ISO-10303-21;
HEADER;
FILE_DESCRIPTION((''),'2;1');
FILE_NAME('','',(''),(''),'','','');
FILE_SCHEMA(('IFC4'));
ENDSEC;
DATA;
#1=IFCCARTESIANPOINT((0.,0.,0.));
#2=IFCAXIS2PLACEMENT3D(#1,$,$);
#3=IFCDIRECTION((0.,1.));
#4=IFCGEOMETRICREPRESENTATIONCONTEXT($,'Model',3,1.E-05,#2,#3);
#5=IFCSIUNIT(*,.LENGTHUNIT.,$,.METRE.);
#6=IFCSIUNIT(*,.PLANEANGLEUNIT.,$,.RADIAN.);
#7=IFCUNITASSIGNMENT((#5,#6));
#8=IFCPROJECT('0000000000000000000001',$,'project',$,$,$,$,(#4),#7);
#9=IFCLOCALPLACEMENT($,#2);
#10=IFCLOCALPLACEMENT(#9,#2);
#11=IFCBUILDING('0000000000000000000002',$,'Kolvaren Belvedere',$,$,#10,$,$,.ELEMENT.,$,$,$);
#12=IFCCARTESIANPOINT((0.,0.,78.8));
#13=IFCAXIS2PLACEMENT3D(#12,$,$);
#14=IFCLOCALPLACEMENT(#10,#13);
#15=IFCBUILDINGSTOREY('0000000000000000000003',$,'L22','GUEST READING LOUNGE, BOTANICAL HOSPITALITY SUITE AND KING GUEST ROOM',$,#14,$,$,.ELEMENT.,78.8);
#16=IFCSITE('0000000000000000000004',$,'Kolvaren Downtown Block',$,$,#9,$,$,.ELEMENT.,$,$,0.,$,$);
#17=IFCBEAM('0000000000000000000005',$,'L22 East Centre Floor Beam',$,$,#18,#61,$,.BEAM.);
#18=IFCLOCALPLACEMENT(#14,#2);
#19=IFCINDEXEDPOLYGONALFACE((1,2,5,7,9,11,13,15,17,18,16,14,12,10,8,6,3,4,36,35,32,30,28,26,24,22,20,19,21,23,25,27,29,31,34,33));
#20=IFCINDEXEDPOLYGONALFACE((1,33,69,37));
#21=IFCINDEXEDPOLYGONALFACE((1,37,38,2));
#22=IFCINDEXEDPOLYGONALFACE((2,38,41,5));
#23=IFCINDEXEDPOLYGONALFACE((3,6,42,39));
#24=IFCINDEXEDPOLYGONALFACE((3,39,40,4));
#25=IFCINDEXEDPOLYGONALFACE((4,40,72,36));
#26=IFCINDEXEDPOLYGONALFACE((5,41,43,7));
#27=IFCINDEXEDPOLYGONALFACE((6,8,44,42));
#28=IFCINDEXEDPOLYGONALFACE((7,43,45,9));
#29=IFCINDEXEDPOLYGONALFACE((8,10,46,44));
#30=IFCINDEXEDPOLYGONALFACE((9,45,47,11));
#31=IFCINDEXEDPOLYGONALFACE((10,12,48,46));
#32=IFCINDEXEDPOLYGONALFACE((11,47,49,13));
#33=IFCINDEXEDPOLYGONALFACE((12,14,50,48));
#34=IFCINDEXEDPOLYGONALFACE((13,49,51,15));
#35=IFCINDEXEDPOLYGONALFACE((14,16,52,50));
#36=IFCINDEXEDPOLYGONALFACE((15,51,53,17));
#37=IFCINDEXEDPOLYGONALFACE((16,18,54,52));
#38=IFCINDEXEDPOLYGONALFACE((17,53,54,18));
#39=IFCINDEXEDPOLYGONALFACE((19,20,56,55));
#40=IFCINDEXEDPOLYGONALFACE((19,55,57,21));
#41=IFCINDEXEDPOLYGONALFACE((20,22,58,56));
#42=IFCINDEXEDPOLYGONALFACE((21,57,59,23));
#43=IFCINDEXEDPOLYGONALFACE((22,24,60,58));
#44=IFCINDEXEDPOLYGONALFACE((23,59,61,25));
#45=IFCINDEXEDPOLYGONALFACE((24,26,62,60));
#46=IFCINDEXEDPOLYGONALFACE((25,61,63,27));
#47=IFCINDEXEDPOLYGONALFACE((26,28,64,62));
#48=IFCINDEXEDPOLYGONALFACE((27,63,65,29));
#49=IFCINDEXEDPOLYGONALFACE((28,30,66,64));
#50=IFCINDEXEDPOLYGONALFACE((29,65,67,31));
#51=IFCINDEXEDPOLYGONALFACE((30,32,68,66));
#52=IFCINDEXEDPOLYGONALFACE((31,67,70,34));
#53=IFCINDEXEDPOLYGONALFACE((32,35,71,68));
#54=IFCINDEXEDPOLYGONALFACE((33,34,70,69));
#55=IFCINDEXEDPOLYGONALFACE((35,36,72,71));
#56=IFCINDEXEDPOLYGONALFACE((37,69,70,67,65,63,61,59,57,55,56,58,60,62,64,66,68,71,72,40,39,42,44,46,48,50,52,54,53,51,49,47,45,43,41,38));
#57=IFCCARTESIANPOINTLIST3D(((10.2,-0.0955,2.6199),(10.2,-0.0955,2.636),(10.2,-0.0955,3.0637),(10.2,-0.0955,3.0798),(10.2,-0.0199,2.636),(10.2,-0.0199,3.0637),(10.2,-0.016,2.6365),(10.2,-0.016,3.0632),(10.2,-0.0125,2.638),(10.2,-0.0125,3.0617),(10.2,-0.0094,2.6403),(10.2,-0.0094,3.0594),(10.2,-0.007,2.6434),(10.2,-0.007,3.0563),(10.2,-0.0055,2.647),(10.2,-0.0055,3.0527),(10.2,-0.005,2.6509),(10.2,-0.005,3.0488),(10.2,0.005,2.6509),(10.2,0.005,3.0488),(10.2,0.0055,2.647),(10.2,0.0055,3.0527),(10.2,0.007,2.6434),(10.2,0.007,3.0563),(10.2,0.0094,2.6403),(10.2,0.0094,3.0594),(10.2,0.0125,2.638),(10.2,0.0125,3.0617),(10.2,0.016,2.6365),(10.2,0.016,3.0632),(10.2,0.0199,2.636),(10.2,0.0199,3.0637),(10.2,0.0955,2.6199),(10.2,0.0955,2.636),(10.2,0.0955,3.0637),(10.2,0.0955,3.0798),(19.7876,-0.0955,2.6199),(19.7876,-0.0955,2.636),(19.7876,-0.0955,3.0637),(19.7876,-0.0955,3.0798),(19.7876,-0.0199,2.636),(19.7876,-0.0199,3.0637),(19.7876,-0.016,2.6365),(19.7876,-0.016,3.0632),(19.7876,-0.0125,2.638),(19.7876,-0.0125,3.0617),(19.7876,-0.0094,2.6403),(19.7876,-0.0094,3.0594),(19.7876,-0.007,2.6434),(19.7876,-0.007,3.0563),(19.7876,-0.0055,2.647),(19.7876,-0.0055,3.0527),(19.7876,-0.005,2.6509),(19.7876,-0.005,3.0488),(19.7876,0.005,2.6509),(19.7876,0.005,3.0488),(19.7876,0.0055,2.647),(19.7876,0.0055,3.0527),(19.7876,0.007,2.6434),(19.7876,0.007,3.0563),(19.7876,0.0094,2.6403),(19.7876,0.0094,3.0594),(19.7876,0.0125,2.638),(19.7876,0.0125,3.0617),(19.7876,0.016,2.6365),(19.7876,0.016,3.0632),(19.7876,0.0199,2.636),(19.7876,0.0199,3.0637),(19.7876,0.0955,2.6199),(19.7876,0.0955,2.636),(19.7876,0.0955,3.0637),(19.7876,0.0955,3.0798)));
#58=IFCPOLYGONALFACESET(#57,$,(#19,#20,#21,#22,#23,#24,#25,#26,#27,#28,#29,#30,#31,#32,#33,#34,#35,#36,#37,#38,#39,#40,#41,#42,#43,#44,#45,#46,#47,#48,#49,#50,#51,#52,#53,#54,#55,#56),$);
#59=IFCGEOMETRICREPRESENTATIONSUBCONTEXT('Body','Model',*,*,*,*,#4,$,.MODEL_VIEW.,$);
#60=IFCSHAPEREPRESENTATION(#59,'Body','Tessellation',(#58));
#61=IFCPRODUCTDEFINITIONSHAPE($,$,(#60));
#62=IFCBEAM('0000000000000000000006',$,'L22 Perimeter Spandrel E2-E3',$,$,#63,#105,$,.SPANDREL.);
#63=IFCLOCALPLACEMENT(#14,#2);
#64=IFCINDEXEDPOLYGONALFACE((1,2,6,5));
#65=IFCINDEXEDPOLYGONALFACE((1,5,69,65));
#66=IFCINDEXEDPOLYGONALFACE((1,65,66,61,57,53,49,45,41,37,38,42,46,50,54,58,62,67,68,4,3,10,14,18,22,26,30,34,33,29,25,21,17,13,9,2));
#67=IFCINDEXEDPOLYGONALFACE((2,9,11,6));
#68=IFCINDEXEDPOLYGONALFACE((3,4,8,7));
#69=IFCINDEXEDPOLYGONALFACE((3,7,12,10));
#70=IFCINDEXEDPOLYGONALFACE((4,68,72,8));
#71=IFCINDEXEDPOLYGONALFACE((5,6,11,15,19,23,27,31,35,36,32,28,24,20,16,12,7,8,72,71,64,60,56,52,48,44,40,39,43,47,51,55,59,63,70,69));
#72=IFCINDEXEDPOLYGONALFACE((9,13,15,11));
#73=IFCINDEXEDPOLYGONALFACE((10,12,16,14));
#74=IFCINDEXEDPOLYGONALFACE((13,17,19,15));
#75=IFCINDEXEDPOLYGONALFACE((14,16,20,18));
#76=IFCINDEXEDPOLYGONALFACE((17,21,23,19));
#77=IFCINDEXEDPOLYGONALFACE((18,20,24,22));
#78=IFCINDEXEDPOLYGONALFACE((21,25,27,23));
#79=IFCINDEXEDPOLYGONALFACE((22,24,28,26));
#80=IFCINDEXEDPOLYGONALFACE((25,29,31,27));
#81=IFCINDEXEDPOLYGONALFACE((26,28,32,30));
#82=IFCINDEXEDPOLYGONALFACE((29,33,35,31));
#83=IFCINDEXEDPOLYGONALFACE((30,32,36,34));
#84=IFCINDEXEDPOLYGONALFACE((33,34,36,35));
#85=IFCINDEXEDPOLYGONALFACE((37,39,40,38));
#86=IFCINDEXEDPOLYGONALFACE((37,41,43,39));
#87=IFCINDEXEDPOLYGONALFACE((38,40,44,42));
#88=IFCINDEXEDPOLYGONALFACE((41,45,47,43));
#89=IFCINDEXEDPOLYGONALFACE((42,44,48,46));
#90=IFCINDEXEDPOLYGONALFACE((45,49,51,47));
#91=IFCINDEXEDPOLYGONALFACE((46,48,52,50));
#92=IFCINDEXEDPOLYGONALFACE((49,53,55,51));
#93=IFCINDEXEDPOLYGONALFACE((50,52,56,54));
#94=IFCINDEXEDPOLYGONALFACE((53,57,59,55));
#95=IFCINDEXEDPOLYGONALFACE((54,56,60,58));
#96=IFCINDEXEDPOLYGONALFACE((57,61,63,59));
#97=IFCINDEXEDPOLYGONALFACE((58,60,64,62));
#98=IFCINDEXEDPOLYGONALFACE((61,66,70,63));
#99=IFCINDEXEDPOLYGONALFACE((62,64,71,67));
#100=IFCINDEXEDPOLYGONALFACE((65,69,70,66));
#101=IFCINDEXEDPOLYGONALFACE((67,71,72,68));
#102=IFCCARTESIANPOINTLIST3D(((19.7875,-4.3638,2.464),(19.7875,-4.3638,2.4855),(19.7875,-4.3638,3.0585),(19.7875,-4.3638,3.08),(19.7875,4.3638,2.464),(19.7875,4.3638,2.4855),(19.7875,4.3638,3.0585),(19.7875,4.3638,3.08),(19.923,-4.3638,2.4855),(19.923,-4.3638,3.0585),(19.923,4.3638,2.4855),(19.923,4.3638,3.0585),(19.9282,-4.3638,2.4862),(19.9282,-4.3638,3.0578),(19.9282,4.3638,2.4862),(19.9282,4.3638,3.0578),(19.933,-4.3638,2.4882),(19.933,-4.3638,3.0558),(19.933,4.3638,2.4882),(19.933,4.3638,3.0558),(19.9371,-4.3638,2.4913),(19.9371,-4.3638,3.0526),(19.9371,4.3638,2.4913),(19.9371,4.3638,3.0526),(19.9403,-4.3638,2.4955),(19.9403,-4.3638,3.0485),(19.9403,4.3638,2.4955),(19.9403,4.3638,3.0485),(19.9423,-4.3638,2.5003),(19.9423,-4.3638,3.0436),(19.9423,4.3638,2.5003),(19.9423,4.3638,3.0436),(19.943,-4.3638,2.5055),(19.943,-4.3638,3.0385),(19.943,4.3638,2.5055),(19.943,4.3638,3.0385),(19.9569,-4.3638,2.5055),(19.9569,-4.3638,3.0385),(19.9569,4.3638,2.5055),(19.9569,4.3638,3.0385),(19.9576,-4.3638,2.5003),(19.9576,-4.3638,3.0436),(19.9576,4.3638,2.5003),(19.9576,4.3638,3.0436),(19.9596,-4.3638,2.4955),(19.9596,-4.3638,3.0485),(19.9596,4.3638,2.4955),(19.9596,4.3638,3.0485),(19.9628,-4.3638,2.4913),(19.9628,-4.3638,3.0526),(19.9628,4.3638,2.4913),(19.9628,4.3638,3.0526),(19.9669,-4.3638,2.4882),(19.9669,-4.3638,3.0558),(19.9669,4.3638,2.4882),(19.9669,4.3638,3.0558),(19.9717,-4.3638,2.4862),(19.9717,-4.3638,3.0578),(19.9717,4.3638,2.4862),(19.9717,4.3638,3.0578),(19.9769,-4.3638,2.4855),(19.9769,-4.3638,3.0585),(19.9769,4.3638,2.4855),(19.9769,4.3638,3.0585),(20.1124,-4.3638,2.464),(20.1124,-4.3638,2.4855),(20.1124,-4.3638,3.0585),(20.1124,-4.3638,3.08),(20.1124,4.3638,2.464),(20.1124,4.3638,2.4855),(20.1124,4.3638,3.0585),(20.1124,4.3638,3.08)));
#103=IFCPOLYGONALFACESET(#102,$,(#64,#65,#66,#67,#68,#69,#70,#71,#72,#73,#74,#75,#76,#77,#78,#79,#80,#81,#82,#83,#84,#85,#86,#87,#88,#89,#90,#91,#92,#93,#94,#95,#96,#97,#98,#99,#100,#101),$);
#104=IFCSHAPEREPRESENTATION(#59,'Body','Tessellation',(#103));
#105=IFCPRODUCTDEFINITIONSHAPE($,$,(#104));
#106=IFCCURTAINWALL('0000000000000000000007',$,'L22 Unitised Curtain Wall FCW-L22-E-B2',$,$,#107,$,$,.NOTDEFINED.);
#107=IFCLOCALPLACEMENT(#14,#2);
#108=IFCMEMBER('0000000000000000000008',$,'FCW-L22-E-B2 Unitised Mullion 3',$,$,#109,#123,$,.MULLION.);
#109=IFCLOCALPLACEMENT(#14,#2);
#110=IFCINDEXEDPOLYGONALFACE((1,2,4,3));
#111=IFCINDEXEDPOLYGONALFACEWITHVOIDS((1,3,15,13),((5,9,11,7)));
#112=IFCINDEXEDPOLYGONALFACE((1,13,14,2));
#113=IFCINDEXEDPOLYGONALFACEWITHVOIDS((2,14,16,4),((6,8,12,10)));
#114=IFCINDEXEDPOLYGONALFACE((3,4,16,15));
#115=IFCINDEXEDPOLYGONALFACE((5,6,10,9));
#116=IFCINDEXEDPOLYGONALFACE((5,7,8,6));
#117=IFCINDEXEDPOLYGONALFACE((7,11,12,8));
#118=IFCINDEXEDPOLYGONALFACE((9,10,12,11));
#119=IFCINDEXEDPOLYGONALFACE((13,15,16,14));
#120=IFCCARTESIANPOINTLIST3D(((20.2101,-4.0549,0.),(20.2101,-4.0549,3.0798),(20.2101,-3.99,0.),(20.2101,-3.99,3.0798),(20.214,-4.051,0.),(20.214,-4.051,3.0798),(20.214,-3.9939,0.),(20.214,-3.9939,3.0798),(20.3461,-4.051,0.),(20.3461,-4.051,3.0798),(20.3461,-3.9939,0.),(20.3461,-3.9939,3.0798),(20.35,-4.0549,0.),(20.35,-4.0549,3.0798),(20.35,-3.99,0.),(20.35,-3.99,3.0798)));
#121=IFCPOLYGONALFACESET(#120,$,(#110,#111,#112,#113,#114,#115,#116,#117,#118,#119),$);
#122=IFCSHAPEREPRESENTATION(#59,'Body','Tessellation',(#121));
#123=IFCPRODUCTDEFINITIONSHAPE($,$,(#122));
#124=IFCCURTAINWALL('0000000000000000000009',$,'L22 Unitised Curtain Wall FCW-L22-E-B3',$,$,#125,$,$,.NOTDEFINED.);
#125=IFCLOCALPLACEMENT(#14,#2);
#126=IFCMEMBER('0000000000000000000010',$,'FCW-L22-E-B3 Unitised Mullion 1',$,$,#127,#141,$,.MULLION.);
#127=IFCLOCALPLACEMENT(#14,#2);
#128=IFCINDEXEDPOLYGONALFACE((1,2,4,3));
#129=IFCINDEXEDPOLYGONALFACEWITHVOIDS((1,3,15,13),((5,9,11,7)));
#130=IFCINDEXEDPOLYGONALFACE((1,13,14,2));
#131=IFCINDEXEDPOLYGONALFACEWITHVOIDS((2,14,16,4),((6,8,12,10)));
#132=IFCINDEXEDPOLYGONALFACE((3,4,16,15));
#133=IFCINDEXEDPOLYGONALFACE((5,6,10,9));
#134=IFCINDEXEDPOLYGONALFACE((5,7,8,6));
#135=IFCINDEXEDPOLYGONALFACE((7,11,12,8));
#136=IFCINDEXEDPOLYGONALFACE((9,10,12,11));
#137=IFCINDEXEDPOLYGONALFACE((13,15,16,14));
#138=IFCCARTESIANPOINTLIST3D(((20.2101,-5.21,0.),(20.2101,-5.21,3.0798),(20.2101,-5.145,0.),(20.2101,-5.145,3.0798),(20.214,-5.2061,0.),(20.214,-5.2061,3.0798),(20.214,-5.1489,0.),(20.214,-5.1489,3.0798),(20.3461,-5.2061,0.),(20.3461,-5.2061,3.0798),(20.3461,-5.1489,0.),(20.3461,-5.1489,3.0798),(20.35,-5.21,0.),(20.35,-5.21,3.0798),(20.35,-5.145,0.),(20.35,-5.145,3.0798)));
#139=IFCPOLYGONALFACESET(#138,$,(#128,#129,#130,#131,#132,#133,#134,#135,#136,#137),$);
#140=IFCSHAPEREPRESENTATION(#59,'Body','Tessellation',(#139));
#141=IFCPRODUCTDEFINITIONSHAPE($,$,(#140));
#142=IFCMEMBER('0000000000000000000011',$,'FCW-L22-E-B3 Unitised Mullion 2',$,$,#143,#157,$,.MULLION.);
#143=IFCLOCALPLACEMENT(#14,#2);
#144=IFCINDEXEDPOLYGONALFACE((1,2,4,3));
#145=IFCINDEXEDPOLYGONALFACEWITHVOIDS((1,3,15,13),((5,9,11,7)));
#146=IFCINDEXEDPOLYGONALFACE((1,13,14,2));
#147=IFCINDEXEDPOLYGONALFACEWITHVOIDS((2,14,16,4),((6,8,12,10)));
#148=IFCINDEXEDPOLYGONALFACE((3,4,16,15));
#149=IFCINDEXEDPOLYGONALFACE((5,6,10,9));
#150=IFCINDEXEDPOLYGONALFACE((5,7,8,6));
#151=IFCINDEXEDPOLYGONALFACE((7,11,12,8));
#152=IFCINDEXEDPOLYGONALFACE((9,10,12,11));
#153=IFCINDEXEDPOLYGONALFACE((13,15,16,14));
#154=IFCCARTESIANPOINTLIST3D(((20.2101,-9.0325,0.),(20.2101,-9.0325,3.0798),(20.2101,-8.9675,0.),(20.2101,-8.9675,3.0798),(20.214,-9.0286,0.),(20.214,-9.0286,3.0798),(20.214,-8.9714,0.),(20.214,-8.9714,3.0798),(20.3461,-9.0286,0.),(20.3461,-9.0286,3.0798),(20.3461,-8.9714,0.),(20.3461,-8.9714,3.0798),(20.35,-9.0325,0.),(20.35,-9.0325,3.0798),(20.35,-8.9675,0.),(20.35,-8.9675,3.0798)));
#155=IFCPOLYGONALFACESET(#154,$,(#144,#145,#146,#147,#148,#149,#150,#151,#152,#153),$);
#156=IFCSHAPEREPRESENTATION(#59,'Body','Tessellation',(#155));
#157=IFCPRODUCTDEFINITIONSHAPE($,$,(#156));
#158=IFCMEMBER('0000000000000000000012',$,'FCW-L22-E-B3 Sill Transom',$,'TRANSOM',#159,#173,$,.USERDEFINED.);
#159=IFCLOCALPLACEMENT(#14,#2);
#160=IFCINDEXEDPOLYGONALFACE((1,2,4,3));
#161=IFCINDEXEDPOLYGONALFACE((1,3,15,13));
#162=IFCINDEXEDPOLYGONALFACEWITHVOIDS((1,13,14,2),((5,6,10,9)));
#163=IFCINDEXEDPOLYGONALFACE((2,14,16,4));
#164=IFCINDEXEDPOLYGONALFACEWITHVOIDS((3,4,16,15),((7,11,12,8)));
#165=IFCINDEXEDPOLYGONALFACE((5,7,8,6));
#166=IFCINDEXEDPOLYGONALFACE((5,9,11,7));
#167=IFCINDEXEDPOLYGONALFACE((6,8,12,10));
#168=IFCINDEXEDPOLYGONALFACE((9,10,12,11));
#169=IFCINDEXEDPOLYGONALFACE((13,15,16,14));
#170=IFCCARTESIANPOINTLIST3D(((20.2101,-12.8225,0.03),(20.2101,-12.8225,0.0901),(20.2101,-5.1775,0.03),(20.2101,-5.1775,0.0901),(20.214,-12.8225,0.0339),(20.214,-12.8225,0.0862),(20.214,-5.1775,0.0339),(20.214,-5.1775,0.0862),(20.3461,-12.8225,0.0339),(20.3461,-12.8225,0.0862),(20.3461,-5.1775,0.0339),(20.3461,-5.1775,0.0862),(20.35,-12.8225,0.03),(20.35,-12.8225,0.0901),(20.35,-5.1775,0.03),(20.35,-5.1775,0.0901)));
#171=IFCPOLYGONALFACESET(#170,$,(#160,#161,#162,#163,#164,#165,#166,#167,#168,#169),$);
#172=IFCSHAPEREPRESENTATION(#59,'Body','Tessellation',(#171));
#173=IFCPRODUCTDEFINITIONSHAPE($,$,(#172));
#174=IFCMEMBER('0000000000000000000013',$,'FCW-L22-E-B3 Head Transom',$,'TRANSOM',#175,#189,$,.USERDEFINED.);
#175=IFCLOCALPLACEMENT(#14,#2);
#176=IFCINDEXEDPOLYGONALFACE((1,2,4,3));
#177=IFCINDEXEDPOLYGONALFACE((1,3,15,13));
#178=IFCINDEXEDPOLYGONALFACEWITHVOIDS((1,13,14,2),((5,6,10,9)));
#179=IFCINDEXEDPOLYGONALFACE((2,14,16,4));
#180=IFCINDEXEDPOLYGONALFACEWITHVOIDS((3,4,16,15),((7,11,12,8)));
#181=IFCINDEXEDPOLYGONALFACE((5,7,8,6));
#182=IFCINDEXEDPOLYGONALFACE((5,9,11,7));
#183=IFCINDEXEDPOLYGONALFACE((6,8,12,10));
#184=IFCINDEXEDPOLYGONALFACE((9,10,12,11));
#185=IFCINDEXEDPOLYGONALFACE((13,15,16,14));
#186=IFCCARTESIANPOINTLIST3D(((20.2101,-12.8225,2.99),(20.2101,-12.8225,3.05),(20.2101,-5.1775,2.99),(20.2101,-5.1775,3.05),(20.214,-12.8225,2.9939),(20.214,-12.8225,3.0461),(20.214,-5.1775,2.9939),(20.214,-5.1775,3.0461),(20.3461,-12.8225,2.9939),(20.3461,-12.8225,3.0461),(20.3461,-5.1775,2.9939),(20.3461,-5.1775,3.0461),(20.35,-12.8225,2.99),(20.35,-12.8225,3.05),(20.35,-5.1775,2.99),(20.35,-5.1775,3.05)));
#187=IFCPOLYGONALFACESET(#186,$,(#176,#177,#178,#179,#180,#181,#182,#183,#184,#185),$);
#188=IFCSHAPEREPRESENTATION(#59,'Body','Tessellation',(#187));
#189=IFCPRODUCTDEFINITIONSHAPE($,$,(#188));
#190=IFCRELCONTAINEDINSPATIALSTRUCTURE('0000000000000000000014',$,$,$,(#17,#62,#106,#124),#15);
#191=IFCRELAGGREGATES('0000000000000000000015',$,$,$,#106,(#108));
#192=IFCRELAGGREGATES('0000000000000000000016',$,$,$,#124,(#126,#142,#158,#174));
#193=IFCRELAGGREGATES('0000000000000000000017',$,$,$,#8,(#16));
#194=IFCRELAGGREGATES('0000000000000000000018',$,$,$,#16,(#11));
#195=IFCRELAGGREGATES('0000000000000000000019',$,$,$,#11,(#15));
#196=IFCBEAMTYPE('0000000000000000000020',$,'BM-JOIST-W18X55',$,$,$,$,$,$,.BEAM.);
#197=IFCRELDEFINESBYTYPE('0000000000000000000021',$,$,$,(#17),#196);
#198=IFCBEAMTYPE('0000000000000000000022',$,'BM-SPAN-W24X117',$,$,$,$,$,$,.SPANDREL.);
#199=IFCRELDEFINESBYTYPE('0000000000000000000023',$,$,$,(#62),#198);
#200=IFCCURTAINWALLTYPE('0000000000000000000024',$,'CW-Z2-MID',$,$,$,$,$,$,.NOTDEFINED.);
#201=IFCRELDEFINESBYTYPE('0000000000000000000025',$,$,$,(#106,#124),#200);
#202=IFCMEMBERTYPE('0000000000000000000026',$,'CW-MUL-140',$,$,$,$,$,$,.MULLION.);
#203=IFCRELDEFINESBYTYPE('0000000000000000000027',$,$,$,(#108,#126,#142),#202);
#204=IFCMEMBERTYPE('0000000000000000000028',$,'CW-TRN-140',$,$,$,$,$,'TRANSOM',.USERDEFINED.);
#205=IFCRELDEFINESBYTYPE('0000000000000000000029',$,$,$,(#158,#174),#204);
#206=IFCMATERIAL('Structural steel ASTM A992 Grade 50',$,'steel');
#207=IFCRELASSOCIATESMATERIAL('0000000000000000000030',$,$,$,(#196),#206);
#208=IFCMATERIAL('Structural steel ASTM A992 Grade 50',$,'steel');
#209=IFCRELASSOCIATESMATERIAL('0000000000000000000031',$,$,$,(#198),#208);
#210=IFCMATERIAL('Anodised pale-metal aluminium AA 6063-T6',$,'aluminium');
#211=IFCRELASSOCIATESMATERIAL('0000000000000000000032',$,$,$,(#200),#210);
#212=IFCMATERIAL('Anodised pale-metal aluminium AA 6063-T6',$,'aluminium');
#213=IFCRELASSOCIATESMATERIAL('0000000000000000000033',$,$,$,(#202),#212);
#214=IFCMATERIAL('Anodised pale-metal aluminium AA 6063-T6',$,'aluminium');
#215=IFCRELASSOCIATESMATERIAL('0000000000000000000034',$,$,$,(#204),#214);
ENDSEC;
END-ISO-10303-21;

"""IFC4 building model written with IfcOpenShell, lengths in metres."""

from ifc_helpers import new_model, si_unit, direction, frame, origin, origin_2d, place, context, subcontext, project, spatial, hollow_rectangle, i_section, extrude, material, material_profile, profile_set, type_object, element, aggregate, save


model = new_model("IFC4")

# Units and contexts
model_context = context("Model", 3, precision=1e-05, world=origin(), true_north=direction((0.0, 1.0)))
body_context = subcontext(model_context, "Body", "Model", "MODEL_VIEW")
ifc_project = project(units=[si_unit("LENGTHUNIT", "METRE"), si_unit("PLANEANGLEUNIT", "RADIAN")], contexts=[model_context])

# Site, building, storey
site_placement = place(None, origin())
site = spatial("IfcSite", under=ifc_project, at=site_placement, Name="Kolvaren Downtown Block", CompositionType="ELEMENT", RefElevation=0.0)
building_placement = place(site_placement, origin())
building = spatial("IfcBuilding", under=site, at=building_placement, Name="Kolvaren Belvedere", CompositionType="ELEMENT")
storey_placement = place(building_placement, frame((0.0, 0.0, 78.8)))
storey = spatial("IfcBuildingStorey", under=building, at=storey_placement, Name="L22", Description="GUEST READING LOUNGE, BOTANICAL HOSPITALITY SUITE AND KING GUEST ROOM", CompositionType="ELEMENT", Elevation=78.8)

# Beams
ifc_material_1 = material(Name="Structural steel ASTM A992 Grade 50", Category="steel")
ifc_material_profile_1 = material_profile(ifc_material_1, i_section(OverallWidth=0.1909, OverallDepth=0.46, WebThickness=0.01, FlangeThickness=0.0161, FilletRadius=0.0149, at=origin_2d()), Name="W18X55")
ifc_profile_set_1 = profile_set([ifc_material_profile_1], Name="Structural steel ASTM A992 Grade 50")
beam_type_1 = type_object("IfcBeamType", Name="BM-JOIST-W18X55", PredefinedType="BEAM", material=ifc_profile_set_1)
beam_1_placement = place(storey_placement, frame((10.2, 0.0, 2.8499), z_axis=(1.0, 0.0, 0.0), x_axis=(0.0, 1.0, 0.0)))
element("IfcBeam", 1, at=beam_1_placement, inside=storey, type_object=beam_type_1, Name="L22 East Centre Floor Beam", PredefinedType="BEAM", context=body_context, shape_type="SweptSolid", body=[
    extrude(i_section(OverallWidth=0.1909, OverallDepth=0.46, WebThickness=0.01, FlangeThickness=0.0161, FilletRadius=0.0149, at=origin_2d()), origin(), (0.0, 0.0, 1.0), 9.5876),
])
ifc_material_2 = material(Name="Structural steel ASTM A992 Grade 50", Category="steel")
ifc_material_profile_2 = material_profile(ifc_material_2, i_section(OverallWidth=0.325, OverallDepth=0.616, WebThickness=0.0139, FlangeThickness=0.0215, FilletRadius=0.02, at=origin_2d()), Name="W24X117")
ifc_profile_set_2 = profile_set([ifc_material_profile_2], Name="Structural steel ASTM A992 Grade 50")
beam_type_2 = type_object("IfcBeamType", Name="BM-SPAN-W24X117", PredefinedType="SPANDREL", material=ifc_profile_set_2)
beam_2_placement = place(storey_placement, frame((19.95, -4.3638, 2.772), z_axis=(0.0, 1.0, 0.0), x_axis=(-1.0, 0.0, 0.0)))
element("IfcBeam", 2, at=beam_2_placement, inside=storey, type_object=beam_type_2, Name="L22 Perimeter Spandrel E2-E3", PredefinedType="SPANDREL", context=body_context, shape_type="SweptSolid", body=[
    extrude(i_section(OverallWidth=0.325, OverallDepth=0.616, WebThickness=0.0139, FlangeThickness=0.0215, FilletRadius=0.02, at=origin_2d()), origin(), (0.0, 0.0, 1.0), 8.7275),
])

# Curtain wall, member
ifc_material_3 = material(Name="Anodised pale-metal aluminium AA 6063-T6", Category="aluminium")
curtain_wall_type = type_object("IfcCurtainWallType", Name="CW-Z2-MID", PredefinedType="NOTDEFINED", material=ifc_material_3)
curtain_wall_1_placement = place(storey_placement, origin())
curtain_wall_1 = element("IfcCurtainWall", 3, at=curtain_wall_1_placement, inside=storey, type_object=curtain_wall_type, Name="L22 Unitised Curtain Wall FCW-L22-E-B2", PredefinedType="NOTDEFINED")
ifc_material_4 = material(Name="Anodised pale-metal aluminium AA 6063-T6", Category="aluminium")
ifc_material_profile_3 = material_profile(ifc_material_4, hollow_rectangle(XDim=0.0649, YDim=0.1399, WallThickness=0.0039, at=origin_2d()), Name="ALU-MUL-140X65")
ifc_profile_set_3 = profile_set([ifc_material_profile_3], Name="Anodised pale-metal aluminium AA 6063-T6")
member_type_1 = type_object("IfcMemberType", Name="CW-MUL-140", PredefinedType="MULLION", material=ifc_profile_set_3)
member_1_placement = place(storey_placement, frame((20.28, -4.0225, 0.0), z_axis=(0.0, 0.0, 1.0), x_axis=(0.0, 1.0, 0.0)))
member_1 = element("IfcMember", 4, at=member_1_placement, type_object=member_type_1, Name="FCW-L22-E-B2 Unitised Mullion 3", PredefinedType="MULLION", context=body_context, shape_type="SweptSolid", body=[
    extrude(hollow_rectangle(XDim=0.0649, YDim=0.1399, WallThickness=0.0039, at=origin_2d()), origin(), (0.0, 0.0, 1.0), 3.0798),
])

# Curtain wall, members
curtain_wall_2_placement = place(storey_placement, origin())
curtain_wall_2 = element("IfcCurtainWall", 5, at=curtain_wall_2_placement, inside=storey, type_object=curtain_wall_type, Name="L22 Unitised Curtain Wall FCW-L22-E-B3", PredefinedType="NOTDEFINED")
member_2_placement = place(storey_placement, frame((20.28, -5.1775, 0.0), z_axis=(0.0, 0.0, 1.0), x_axis=(0.0, 1.0, 0.0)))
member_2 = element("IfcMember", 6, at=member_2_placement, type_object=member_type_1, Name="FCW-L22-E-B3 Unitised Mullion 1", PredefinedType="MULLION", context=body_context, shape_type="SweptSolid", body=[
    extrude(hollow_rectangle(XDim=0.0649, YDim=0.1399, WallThickness=0.0039, at=origin_2d()), origin(), (0.0, 0.0, 1.0), 3.0798),
])
member_3_placement = place(storey_placement, frame((20.28, -9.0, 0.0), z_axis=(0.0, 0.0, 1.0), x_axis=(0.0, 1.0, 0.0)))
member_3 = element("IfcMember", 7, at=member_3_placement, type_object=member_type_1, Name="FCW-L22-E-B3 Unitised Mullion 2", PredefinedType="MULLION", context=body_context, shape_type="SweptSolid", body=[
    extrude(hollow_rectangle(XDim=0.0649, YDim=0.1399, WallThickness=0.0039, at=origin_2d()), origin(), (0.0, 0.0, 1.0), 3.0798),
])
ifc_material_5 = material(Name="Anodised pale-metal aluminium AA 6063-T6", Category="aluminium")
ifc_material_profile_4 = material_profile(ifc_material_5, hollow_rectangle(XDim=0.0601, YDim=0.1399, WallThickness=0.0039, at=origin_2d()), Name="ALU-TRN-140X60")
ifc_profile_set_4 = profile_set([ifc_material_profile_4], Name="Anodised pale-metal aluminium AA 6063-T6")
member_type_2 = type_object("IfcMemberType", Name="CW-TRN-140", ElementType="TRANSOM", PredefinedType="USERDEFINED", material=ifc_profile_set_4)
member_4_placement = place(storey_placement, frame((20.28, -5.1775, 0.0601), z_axis=(0.0, -1.0, 0.0), x_axis=(0.0, 0.0, 1.0)))
member_4 = element("IfcMember", 8, at=member_4_placement, type_object=member_type_2, Name="FCW-L22-E-B3 Sill Transom", ObjectType="TRANSOM", PredefinedType="USERDEFINED", context=body_context, shape_type="SweptSolid", body=[
    extrude(hollow_rectangle(XDim=0.0601, YDim=0.1399, WallThickness=0.0039, at=origin_2d()), origin(), (0.0, 0.0, 1.0), 7.645),
])
member_5_placement = place(storey_placement, frame((20.28, -5.1775, 3.02), z_axis=(0.0, -1.0, 0.0), x_axis=(0.0, 0.0, 1.0)))
member_5 = element("IfcMember", 9, at=member_5_placement, type_object=member_type_2, Name="FCW-L22-E-B3 Head Transom", ObjectType="TRANSOM", PredefinedType="USERDEFINED", context=body_context, shape_type="SweptSolid", body=[
    extrude(hollow_rectangle(XDim=0.0601, YDim=0.1399, WallThickness=0.0039, at=origin_2d()), origin(), (0.0, 0.0, 1.0), 7.645),
])

aggregate(curtain_wall_1, [member_1])
aggregate(curtain_wall_2, [member_2, member_3, member_4, member_5])

save(model, "model.ifc")
